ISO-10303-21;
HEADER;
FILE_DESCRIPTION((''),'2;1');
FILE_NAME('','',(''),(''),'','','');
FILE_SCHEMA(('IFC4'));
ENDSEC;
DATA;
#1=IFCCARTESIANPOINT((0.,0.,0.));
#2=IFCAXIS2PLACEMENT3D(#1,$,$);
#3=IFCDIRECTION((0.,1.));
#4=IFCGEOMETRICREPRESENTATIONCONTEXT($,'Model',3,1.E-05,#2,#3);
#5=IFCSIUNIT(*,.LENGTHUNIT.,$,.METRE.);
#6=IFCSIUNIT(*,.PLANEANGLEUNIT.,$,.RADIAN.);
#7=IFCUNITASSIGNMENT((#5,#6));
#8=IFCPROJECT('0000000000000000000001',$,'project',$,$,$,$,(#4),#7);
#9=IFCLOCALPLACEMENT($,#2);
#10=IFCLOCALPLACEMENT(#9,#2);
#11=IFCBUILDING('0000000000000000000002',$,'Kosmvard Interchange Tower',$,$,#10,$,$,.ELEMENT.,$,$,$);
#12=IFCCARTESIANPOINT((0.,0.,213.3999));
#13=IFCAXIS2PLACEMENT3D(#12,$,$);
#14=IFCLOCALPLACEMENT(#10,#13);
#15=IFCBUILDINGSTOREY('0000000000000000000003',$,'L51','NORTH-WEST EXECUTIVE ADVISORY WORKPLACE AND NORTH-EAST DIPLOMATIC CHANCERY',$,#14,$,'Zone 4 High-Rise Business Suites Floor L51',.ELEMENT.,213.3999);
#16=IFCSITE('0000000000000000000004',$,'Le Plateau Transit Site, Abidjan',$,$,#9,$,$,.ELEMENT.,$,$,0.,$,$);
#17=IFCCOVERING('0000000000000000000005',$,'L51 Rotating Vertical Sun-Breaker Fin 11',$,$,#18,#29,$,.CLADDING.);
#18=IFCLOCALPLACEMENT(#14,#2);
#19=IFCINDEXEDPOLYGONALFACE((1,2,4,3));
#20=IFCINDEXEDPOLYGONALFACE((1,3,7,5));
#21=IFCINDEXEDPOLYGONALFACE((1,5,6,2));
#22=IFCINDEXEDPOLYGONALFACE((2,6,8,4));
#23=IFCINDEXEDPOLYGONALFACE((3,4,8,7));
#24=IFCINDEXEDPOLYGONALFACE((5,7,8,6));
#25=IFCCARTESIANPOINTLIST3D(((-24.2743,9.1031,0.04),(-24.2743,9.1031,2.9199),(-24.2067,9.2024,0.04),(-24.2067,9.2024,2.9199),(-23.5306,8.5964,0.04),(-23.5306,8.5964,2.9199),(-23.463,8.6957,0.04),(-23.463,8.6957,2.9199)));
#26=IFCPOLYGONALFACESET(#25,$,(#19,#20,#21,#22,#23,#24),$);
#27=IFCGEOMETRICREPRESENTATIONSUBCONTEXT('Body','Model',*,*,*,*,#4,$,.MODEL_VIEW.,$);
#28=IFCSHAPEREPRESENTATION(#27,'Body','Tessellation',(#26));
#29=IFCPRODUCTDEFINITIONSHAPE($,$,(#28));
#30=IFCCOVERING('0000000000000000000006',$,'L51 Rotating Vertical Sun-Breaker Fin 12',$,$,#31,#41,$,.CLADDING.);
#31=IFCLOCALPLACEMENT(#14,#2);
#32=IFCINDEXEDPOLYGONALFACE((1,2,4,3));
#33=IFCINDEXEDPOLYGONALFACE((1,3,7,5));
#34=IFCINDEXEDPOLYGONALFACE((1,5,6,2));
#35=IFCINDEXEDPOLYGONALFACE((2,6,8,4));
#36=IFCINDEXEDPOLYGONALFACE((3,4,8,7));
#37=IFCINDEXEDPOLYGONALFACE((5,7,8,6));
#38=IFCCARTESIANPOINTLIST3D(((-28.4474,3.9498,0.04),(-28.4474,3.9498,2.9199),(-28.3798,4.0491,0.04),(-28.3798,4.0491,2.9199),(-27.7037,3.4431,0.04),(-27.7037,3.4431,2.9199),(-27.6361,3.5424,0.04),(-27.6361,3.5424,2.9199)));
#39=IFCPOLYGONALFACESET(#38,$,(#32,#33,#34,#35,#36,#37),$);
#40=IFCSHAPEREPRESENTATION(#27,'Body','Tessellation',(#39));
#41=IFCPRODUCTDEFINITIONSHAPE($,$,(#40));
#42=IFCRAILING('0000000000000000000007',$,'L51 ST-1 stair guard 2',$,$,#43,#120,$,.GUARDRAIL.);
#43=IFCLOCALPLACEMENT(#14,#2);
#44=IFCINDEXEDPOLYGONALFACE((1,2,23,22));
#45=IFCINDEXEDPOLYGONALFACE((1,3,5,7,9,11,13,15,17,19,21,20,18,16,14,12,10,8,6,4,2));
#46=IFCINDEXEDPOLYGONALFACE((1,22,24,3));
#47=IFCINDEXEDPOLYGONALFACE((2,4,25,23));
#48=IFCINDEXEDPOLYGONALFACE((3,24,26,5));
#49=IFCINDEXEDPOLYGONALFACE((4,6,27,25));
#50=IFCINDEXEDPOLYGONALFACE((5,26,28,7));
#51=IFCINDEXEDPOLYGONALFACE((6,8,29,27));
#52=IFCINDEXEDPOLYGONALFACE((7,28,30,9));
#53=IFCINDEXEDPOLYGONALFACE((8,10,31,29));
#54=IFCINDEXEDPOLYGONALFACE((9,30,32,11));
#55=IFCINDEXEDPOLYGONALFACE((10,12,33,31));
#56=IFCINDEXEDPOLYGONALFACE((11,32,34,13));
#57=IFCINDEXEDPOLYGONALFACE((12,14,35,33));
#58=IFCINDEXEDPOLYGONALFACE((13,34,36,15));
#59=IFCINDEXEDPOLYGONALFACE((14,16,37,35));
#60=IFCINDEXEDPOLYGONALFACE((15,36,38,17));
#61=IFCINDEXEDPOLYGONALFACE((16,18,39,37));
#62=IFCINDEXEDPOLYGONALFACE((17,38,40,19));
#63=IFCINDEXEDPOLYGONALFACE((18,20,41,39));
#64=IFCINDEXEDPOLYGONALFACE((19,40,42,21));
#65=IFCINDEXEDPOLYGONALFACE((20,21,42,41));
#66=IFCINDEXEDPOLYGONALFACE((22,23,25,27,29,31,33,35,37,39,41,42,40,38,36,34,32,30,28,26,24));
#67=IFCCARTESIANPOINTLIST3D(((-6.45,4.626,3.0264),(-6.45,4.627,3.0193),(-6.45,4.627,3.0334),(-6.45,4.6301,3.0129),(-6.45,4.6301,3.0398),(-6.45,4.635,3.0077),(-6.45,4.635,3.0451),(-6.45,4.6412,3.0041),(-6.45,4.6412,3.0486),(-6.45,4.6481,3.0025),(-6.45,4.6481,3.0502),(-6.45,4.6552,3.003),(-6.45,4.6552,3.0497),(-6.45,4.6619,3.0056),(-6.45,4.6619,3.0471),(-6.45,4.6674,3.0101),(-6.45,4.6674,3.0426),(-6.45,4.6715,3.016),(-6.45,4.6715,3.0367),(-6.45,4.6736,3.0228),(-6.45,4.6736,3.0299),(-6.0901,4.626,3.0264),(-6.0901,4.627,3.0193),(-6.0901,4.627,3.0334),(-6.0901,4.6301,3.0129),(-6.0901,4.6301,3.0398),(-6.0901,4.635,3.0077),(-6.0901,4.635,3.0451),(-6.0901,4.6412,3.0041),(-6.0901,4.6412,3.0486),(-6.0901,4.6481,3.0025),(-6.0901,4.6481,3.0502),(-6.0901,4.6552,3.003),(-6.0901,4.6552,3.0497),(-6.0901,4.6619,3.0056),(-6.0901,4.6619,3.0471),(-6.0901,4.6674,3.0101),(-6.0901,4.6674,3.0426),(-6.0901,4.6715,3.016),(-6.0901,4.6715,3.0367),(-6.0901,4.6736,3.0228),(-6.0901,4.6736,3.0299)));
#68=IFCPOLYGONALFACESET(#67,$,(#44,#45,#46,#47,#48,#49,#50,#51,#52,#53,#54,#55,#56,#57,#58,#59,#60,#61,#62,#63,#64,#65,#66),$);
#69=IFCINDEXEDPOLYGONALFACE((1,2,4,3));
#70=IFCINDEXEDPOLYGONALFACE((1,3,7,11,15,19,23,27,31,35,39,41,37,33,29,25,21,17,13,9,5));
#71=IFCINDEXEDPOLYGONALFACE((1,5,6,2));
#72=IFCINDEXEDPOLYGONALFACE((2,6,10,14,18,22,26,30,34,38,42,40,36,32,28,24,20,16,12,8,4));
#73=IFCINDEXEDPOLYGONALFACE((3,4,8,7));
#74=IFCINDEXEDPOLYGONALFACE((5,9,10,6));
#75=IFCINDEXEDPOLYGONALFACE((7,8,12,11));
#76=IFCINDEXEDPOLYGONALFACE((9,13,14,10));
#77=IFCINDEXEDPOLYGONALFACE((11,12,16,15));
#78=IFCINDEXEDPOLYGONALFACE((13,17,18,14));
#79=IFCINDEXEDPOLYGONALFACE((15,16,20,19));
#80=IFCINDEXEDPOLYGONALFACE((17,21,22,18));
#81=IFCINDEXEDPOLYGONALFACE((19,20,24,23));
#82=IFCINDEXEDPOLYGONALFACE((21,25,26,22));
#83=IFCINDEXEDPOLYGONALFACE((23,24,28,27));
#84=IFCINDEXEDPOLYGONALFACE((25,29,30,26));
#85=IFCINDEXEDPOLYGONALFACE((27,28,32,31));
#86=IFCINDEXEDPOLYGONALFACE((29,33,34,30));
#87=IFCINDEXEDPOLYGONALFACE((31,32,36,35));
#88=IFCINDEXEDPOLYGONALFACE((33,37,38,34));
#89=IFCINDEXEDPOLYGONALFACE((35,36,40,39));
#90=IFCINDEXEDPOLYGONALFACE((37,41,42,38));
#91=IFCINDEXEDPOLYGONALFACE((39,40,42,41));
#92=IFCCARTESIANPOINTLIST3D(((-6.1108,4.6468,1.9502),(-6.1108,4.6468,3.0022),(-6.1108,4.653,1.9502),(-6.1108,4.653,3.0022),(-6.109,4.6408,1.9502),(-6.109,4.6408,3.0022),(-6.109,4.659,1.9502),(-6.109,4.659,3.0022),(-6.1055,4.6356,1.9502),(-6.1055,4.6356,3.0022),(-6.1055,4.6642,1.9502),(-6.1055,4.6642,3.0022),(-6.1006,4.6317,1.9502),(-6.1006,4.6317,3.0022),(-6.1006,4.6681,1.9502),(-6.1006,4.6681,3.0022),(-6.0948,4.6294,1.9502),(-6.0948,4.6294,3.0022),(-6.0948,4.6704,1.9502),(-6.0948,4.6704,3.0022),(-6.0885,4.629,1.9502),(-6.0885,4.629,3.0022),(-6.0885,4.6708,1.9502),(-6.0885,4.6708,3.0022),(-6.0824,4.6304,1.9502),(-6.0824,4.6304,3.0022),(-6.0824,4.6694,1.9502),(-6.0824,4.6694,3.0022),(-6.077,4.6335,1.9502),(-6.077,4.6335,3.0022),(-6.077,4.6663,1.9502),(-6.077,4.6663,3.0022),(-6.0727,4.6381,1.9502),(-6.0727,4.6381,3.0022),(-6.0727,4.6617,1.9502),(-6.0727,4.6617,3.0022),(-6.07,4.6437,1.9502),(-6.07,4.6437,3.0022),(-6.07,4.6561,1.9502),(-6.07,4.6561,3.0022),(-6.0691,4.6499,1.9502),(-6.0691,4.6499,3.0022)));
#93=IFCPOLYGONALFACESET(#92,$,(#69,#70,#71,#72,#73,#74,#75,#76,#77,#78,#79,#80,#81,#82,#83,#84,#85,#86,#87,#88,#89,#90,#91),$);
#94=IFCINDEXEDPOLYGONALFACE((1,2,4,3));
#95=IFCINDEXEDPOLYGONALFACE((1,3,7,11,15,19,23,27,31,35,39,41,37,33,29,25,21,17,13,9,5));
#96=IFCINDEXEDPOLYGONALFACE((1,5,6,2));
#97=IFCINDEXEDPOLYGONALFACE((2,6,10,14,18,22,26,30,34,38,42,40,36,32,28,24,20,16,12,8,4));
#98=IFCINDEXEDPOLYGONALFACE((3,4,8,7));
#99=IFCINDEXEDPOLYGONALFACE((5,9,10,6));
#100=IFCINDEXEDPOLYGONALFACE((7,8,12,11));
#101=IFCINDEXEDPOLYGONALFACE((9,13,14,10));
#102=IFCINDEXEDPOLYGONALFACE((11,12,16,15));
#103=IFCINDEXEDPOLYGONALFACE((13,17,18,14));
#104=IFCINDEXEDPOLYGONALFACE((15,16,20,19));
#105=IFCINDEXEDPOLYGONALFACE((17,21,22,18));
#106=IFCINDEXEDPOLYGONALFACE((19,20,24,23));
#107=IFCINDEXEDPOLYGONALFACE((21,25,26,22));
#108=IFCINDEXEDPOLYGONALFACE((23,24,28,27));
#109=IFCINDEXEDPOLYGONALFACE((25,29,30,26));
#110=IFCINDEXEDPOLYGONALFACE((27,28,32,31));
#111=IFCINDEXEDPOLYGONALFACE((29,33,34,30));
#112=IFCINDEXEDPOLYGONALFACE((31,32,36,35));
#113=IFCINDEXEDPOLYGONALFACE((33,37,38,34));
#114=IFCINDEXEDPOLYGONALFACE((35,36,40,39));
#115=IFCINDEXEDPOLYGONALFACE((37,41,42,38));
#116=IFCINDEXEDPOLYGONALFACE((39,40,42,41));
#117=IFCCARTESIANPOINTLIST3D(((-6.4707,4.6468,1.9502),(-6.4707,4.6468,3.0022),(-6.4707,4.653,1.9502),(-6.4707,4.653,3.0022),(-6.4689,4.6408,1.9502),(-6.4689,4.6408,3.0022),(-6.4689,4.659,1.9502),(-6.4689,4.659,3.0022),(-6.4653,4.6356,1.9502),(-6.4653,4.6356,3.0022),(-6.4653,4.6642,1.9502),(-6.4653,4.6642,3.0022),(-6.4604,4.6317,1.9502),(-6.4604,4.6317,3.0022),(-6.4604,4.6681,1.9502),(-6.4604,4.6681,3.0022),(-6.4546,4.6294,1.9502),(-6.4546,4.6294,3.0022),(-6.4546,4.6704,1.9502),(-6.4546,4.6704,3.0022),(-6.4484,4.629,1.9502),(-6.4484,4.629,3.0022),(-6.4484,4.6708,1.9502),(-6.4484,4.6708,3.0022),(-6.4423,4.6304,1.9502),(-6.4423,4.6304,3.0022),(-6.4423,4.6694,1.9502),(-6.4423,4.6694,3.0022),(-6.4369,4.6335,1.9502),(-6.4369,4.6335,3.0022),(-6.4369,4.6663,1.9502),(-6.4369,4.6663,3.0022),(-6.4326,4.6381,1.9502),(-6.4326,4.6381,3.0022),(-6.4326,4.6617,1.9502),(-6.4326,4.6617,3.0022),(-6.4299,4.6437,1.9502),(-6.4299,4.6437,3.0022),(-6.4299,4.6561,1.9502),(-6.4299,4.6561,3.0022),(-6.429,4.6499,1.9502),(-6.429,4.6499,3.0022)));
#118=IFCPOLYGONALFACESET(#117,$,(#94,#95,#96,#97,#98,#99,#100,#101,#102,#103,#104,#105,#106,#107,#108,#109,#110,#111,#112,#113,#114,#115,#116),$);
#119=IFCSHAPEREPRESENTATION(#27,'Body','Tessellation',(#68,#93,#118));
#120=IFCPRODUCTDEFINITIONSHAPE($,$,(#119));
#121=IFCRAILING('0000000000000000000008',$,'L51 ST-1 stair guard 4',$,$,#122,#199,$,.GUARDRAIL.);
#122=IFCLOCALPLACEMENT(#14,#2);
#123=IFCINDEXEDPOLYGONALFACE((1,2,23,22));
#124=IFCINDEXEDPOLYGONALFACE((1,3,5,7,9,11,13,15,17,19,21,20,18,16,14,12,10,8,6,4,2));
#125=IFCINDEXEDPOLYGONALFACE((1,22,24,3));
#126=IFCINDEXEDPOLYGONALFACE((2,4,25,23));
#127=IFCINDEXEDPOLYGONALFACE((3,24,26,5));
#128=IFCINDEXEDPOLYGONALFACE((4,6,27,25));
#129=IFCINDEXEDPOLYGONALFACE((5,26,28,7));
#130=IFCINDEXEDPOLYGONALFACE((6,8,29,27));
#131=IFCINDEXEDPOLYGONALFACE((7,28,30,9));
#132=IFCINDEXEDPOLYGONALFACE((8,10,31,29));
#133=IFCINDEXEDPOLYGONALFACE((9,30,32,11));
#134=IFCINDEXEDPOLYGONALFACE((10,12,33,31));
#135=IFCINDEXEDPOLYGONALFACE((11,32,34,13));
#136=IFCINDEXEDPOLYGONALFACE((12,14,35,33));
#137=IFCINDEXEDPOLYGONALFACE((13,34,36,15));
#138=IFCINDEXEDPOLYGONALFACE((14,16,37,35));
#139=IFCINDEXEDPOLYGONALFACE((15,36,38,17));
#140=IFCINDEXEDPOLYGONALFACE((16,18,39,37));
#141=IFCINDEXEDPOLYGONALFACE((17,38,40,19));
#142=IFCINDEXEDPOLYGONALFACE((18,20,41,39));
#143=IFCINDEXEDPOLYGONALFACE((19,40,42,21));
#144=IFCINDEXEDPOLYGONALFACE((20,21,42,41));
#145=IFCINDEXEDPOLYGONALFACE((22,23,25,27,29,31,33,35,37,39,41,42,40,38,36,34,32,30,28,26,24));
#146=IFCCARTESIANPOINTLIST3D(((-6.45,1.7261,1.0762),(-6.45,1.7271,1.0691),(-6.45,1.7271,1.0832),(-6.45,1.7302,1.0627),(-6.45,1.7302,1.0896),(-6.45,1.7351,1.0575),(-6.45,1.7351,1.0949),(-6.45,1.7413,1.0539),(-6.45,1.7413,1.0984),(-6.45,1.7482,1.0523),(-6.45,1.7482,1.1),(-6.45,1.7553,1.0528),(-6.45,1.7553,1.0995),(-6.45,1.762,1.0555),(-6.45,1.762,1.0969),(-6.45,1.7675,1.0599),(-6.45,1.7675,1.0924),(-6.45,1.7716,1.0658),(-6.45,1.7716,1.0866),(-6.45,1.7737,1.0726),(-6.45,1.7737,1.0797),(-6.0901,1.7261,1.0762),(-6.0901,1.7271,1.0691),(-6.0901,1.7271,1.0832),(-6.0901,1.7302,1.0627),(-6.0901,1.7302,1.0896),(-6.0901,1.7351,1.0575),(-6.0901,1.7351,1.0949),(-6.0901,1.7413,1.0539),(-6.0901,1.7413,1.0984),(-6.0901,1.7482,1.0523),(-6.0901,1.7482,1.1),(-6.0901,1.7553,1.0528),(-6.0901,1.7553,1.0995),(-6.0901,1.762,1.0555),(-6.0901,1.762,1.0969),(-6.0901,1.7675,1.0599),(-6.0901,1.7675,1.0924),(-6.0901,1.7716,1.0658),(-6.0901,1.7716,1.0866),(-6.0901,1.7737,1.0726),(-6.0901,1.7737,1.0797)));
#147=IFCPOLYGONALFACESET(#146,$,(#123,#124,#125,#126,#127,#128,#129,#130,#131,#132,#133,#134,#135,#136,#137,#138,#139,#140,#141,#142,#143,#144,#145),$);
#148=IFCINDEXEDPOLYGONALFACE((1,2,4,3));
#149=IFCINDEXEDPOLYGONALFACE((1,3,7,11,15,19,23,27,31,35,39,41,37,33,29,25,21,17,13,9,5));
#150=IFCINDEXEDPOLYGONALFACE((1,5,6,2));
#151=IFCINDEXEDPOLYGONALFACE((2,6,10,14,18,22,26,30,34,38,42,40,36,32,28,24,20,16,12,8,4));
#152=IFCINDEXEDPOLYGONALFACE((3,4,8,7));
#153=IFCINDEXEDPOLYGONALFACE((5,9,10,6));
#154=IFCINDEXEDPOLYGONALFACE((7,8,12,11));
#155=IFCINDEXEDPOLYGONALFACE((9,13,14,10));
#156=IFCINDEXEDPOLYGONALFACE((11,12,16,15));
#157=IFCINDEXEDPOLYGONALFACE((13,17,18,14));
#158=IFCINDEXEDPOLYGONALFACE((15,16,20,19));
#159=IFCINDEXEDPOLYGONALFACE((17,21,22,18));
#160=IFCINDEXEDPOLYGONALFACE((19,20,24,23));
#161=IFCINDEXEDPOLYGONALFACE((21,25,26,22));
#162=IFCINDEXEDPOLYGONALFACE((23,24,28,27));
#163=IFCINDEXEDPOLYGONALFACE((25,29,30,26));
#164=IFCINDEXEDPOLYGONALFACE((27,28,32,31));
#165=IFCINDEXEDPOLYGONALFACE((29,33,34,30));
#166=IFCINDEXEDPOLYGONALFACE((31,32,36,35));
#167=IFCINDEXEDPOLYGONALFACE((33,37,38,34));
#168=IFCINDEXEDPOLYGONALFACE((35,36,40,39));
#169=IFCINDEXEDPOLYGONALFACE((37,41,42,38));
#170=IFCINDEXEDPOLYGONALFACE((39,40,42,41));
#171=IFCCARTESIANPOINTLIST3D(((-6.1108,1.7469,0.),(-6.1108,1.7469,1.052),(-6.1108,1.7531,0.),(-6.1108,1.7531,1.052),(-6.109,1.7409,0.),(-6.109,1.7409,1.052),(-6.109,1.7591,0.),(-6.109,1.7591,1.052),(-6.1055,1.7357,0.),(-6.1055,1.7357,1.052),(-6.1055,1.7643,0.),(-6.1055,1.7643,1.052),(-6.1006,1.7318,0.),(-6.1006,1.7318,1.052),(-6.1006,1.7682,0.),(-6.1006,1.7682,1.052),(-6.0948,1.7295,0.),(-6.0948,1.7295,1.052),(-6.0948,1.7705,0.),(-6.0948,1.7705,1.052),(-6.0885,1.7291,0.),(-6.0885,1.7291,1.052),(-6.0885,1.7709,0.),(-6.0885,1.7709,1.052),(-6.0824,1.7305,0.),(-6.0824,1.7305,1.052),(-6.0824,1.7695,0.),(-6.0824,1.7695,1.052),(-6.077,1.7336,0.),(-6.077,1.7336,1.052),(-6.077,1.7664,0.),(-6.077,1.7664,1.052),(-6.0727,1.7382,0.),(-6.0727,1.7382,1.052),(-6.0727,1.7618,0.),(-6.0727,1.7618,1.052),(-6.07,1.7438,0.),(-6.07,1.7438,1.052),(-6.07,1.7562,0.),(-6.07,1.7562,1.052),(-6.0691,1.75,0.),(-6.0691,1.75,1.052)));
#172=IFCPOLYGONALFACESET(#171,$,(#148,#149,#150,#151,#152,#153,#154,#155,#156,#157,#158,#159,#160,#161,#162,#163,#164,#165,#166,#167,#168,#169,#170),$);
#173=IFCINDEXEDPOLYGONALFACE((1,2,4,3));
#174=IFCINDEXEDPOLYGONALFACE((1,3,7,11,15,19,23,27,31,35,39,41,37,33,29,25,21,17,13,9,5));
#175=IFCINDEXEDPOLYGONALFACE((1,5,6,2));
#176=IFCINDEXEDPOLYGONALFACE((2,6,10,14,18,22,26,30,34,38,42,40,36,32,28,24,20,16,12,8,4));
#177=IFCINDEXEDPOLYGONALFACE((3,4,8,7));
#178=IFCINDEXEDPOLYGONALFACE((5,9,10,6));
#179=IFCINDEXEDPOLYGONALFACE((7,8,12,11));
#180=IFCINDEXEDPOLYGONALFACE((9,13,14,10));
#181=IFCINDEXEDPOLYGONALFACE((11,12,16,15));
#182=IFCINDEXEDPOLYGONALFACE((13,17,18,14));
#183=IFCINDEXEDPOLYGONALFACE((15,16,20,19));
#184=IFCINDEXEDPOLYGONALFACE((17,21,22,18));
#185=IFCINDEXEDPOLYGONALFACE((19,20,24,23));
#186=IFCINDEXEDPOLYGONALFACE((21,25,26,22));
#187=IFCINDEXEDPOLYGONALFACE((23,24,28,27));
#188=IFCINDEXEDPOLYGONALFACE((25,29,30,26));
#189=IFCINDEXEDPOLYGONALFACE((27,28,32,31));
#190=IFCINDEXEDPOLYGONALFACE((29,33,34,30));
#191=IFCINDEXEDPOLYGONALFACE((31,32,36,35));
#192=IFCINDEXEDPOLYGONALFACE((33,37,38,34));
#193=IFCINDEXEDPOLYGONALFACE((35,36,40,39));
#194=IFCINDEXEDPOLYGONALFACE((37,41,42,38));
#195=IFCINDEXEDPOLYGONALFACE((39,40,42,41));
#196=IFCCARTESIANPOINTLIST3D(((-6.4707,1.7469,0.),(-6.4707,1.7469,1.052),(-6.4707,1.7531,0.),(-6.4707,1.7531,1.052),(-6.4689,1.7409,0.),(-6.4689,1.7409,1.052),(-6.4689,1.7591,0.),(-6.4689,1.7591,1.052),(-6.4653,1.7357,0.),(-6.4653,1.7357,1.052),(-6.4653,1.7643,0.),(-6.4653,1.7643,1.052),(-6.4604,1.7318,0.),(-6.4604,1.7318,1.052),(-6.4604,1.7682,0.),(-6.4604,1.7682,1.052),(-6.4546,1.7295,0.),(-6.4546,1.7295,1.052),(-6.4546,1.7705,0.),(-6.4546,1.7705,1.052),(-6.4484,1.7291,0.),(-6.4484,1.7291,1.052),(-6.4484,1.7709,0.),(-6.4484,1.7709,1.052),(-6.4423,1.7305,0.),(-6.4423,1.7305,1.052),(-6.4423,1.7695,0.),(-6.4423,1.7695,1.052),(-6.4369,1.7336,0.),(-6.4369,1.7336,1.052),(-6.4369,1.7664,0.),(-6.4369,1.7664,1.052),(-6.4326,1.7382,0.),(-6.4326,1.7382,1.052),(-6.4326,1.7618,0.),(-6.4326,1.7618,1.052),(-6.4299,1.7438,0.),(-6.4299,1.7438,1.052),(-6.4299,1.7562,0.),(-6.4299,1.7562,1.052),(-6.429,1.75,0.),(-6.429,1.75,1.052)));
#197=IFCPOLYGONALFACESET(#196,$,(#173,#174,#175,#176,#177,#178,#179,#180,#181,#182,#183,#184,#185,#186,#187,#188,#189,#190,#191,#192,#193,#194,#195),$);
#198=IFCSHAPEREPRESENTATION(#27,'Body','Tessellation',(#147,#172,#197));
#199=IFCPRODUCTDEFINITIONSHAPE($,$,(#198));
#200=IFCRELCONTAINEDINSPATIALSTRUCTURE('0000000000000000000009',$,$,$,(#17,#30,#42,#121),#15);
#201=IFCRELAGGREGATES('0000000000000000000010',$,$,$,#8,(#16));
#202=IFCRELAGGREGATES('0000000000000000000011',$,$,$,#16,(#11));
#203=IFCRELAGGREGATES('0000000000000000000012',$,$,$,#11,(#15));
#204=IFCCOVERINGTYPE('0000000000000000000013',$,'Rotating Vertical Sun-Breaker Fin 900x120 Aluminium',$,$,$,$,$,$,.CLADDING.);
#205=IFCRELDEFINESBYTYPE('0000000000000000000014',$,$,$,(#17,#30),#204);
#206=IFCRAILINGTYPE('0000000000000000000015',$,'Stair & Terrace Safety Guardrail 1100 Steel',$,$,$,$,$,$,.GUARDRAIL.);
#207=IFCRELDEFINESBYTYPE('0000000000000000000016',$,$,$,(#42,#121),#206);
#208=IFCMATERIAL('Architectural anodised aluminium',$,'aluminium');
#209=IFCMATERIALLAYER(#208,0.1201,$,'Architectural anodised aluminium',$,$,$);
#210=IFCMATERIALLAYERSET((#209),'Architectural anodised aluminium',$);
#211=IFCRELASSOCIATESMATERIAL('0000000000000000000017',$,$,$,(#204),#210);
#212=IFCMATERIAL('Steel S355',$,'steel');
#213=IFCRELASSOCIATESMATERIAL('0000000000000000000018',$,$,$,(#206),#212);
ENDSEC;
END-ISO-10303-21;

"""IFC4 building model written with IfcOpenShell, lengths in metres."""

from ifc_helpers import new_model, si_unit, direction, frame, origin, origin_2d, place, context, subcontext, project, spatial, rectangle, circle, extrude, source, transform, mapped, material, layer, layer_set, type_object, element, save


model = new_model("IFC4")

# Units and contexts
model_context = context("Model", 3, precision=1e-05, world=origin(), true_north=direction((0.0, 1.0)))
body_context = subcontext(model_context, "Body", "Model", "MODEL_VIEW")
ifc_project = project(units=[si_unit("LENGTHUNIT", "METRE"), si_unit("PLANEANGLEUNIT", "RADIAN")], contexts=[model_context])

# Site, building, storey
site_placement = place(None, origin())
site = spatial("IfcSite", under=ifc_project, at=site_placement, Name="Le Plateau Transit Site, Abidjan", CompositionType="ELEMENT", RefElevation=0.0)
building_placement = place(site_placement, origin())
building = spatial("IfcBuilding", under=site, at=building_placement, Name="Kosmvard Interchange Tower", CompositionType="ELEMENT")
storey_placement = place(building_placement, frame((0.0, 0.0, 213.3999)))
storey = spatial("IfcBuildingStorey", under=building, at=storey_placement, Name="L51", Description="NORTH-WEST EXECUTIVE ADVISORY WORKPLACE AND NORTH-EAST DIPLOMATIC CHANCERY", LongName="Zone 4 High-Rise Business Suites Floor L51", CompositionType="ELEMENT", Elevation=213.3999)

# Shared definitions
ifc_material_1 = material(Name="Steel S355", Category="steel")

# Coverings
ifc_material_2 = material(Name="Architectural anodised aluminium", Category="aluminium")
ifc_layer_1 = layer(ifc_material_2, 0.1201, Name="Architectural anodised aluminium")
ifc_layer_set_1 = layer_set([ifc_layer_1], Name="Architectural anodised aluminium")
covering_type = type_object("IfcCoveringType", Name="Rotating Vertical Sun-Breaker Fin 900x120 Aluminium", PredefinedType="CLADDING", material=ifc_layer_set_1)
shared_shape_1 = source(origin(), body_context, "Body", "SweptSolid", [
    extrude(rectangle(XDim=0.8999, YDim=0.1201, at=origin_2d()), origin(), (0.0, 0.0, 1.0), 2.8799),
])
for number, where, z_axis, x_axis, name in (
    (1, (-23.8687, 8.8994, 0.04), (0.0, 0.0, 1.0), (-0.826393, 0.563093, 0.0), "L51 Rotating Vertical Sun-Breaker Fin 11"),
    (2, (-28.0417, 3.7461, 0.04), (0.0, 0.0, 1.0), (-0.826393, 0.563093, 0.0), "L51 Rotating Vertical Sun-Breaker Fin 12"),
):
    element("IfcCovering", number, at=place(storey_placement, frame(where, z_axis=z_axis, x_axis=x_axis)), inside=storey, type_object=covering_type, Name=name, PredefinedType="CLADDING", context=body_context, shape_type="MappedRepresentation", body=[
        mapped(shared_shape_1, transform((0.0, 0.0, 0.0), scale=1.0)),
    ])

# Railings
railing_type_1 = type_object("IfcRailingType", Name="Stair & Terrace Safety Guardrail 1100 Steel", PredefinedType="GUARDRAIL", material=ifc_material_1)
shared_shape_2 = source(origin(), body_context, "Body", "SweptSolid", [
    extrude(circle(Radius=0.0239, at=origin_2d()), frame((0.0, 0.0, 1.0762), z_axis=(-1.0, 0.0, 0.0), x_axis=(0.0, -1.0, 0.0)), (0.0, 0.0, 1.0), 0.3599),
    extrude(circle(Radius=0.021, at=origin_2d()), origin(), (0.0, 0.0, 1.0), 1.052),
    extrude(circle(Radius=0.021, at=origin_2d()), frame((-0.3599, 0.0, 0.0)), (0.0, 0.0, 1.0), 1.052),
])
for number, where, name in (
    (3, (-6.0901, 4.6499, 1.9502), "L51 ST-1 stair guard 2"),
    (4, (-6.0901, 1.75, 0.0), "L51 ST-1 stair guard 4"),
):
    element("IfcRailing", number, at=place(storey_placement, frame(where)), inside=storey, type_object=railing_type_1, Name=name, PredefinedType="GUARDRAIL", context=body_context, shape_type="MappedRepresentation", body=[
        mapped(shared_shape_2, transform((0.0, 0.0, 0.0), scale=1.0)),
    ])

save(model, "model.ifc")
